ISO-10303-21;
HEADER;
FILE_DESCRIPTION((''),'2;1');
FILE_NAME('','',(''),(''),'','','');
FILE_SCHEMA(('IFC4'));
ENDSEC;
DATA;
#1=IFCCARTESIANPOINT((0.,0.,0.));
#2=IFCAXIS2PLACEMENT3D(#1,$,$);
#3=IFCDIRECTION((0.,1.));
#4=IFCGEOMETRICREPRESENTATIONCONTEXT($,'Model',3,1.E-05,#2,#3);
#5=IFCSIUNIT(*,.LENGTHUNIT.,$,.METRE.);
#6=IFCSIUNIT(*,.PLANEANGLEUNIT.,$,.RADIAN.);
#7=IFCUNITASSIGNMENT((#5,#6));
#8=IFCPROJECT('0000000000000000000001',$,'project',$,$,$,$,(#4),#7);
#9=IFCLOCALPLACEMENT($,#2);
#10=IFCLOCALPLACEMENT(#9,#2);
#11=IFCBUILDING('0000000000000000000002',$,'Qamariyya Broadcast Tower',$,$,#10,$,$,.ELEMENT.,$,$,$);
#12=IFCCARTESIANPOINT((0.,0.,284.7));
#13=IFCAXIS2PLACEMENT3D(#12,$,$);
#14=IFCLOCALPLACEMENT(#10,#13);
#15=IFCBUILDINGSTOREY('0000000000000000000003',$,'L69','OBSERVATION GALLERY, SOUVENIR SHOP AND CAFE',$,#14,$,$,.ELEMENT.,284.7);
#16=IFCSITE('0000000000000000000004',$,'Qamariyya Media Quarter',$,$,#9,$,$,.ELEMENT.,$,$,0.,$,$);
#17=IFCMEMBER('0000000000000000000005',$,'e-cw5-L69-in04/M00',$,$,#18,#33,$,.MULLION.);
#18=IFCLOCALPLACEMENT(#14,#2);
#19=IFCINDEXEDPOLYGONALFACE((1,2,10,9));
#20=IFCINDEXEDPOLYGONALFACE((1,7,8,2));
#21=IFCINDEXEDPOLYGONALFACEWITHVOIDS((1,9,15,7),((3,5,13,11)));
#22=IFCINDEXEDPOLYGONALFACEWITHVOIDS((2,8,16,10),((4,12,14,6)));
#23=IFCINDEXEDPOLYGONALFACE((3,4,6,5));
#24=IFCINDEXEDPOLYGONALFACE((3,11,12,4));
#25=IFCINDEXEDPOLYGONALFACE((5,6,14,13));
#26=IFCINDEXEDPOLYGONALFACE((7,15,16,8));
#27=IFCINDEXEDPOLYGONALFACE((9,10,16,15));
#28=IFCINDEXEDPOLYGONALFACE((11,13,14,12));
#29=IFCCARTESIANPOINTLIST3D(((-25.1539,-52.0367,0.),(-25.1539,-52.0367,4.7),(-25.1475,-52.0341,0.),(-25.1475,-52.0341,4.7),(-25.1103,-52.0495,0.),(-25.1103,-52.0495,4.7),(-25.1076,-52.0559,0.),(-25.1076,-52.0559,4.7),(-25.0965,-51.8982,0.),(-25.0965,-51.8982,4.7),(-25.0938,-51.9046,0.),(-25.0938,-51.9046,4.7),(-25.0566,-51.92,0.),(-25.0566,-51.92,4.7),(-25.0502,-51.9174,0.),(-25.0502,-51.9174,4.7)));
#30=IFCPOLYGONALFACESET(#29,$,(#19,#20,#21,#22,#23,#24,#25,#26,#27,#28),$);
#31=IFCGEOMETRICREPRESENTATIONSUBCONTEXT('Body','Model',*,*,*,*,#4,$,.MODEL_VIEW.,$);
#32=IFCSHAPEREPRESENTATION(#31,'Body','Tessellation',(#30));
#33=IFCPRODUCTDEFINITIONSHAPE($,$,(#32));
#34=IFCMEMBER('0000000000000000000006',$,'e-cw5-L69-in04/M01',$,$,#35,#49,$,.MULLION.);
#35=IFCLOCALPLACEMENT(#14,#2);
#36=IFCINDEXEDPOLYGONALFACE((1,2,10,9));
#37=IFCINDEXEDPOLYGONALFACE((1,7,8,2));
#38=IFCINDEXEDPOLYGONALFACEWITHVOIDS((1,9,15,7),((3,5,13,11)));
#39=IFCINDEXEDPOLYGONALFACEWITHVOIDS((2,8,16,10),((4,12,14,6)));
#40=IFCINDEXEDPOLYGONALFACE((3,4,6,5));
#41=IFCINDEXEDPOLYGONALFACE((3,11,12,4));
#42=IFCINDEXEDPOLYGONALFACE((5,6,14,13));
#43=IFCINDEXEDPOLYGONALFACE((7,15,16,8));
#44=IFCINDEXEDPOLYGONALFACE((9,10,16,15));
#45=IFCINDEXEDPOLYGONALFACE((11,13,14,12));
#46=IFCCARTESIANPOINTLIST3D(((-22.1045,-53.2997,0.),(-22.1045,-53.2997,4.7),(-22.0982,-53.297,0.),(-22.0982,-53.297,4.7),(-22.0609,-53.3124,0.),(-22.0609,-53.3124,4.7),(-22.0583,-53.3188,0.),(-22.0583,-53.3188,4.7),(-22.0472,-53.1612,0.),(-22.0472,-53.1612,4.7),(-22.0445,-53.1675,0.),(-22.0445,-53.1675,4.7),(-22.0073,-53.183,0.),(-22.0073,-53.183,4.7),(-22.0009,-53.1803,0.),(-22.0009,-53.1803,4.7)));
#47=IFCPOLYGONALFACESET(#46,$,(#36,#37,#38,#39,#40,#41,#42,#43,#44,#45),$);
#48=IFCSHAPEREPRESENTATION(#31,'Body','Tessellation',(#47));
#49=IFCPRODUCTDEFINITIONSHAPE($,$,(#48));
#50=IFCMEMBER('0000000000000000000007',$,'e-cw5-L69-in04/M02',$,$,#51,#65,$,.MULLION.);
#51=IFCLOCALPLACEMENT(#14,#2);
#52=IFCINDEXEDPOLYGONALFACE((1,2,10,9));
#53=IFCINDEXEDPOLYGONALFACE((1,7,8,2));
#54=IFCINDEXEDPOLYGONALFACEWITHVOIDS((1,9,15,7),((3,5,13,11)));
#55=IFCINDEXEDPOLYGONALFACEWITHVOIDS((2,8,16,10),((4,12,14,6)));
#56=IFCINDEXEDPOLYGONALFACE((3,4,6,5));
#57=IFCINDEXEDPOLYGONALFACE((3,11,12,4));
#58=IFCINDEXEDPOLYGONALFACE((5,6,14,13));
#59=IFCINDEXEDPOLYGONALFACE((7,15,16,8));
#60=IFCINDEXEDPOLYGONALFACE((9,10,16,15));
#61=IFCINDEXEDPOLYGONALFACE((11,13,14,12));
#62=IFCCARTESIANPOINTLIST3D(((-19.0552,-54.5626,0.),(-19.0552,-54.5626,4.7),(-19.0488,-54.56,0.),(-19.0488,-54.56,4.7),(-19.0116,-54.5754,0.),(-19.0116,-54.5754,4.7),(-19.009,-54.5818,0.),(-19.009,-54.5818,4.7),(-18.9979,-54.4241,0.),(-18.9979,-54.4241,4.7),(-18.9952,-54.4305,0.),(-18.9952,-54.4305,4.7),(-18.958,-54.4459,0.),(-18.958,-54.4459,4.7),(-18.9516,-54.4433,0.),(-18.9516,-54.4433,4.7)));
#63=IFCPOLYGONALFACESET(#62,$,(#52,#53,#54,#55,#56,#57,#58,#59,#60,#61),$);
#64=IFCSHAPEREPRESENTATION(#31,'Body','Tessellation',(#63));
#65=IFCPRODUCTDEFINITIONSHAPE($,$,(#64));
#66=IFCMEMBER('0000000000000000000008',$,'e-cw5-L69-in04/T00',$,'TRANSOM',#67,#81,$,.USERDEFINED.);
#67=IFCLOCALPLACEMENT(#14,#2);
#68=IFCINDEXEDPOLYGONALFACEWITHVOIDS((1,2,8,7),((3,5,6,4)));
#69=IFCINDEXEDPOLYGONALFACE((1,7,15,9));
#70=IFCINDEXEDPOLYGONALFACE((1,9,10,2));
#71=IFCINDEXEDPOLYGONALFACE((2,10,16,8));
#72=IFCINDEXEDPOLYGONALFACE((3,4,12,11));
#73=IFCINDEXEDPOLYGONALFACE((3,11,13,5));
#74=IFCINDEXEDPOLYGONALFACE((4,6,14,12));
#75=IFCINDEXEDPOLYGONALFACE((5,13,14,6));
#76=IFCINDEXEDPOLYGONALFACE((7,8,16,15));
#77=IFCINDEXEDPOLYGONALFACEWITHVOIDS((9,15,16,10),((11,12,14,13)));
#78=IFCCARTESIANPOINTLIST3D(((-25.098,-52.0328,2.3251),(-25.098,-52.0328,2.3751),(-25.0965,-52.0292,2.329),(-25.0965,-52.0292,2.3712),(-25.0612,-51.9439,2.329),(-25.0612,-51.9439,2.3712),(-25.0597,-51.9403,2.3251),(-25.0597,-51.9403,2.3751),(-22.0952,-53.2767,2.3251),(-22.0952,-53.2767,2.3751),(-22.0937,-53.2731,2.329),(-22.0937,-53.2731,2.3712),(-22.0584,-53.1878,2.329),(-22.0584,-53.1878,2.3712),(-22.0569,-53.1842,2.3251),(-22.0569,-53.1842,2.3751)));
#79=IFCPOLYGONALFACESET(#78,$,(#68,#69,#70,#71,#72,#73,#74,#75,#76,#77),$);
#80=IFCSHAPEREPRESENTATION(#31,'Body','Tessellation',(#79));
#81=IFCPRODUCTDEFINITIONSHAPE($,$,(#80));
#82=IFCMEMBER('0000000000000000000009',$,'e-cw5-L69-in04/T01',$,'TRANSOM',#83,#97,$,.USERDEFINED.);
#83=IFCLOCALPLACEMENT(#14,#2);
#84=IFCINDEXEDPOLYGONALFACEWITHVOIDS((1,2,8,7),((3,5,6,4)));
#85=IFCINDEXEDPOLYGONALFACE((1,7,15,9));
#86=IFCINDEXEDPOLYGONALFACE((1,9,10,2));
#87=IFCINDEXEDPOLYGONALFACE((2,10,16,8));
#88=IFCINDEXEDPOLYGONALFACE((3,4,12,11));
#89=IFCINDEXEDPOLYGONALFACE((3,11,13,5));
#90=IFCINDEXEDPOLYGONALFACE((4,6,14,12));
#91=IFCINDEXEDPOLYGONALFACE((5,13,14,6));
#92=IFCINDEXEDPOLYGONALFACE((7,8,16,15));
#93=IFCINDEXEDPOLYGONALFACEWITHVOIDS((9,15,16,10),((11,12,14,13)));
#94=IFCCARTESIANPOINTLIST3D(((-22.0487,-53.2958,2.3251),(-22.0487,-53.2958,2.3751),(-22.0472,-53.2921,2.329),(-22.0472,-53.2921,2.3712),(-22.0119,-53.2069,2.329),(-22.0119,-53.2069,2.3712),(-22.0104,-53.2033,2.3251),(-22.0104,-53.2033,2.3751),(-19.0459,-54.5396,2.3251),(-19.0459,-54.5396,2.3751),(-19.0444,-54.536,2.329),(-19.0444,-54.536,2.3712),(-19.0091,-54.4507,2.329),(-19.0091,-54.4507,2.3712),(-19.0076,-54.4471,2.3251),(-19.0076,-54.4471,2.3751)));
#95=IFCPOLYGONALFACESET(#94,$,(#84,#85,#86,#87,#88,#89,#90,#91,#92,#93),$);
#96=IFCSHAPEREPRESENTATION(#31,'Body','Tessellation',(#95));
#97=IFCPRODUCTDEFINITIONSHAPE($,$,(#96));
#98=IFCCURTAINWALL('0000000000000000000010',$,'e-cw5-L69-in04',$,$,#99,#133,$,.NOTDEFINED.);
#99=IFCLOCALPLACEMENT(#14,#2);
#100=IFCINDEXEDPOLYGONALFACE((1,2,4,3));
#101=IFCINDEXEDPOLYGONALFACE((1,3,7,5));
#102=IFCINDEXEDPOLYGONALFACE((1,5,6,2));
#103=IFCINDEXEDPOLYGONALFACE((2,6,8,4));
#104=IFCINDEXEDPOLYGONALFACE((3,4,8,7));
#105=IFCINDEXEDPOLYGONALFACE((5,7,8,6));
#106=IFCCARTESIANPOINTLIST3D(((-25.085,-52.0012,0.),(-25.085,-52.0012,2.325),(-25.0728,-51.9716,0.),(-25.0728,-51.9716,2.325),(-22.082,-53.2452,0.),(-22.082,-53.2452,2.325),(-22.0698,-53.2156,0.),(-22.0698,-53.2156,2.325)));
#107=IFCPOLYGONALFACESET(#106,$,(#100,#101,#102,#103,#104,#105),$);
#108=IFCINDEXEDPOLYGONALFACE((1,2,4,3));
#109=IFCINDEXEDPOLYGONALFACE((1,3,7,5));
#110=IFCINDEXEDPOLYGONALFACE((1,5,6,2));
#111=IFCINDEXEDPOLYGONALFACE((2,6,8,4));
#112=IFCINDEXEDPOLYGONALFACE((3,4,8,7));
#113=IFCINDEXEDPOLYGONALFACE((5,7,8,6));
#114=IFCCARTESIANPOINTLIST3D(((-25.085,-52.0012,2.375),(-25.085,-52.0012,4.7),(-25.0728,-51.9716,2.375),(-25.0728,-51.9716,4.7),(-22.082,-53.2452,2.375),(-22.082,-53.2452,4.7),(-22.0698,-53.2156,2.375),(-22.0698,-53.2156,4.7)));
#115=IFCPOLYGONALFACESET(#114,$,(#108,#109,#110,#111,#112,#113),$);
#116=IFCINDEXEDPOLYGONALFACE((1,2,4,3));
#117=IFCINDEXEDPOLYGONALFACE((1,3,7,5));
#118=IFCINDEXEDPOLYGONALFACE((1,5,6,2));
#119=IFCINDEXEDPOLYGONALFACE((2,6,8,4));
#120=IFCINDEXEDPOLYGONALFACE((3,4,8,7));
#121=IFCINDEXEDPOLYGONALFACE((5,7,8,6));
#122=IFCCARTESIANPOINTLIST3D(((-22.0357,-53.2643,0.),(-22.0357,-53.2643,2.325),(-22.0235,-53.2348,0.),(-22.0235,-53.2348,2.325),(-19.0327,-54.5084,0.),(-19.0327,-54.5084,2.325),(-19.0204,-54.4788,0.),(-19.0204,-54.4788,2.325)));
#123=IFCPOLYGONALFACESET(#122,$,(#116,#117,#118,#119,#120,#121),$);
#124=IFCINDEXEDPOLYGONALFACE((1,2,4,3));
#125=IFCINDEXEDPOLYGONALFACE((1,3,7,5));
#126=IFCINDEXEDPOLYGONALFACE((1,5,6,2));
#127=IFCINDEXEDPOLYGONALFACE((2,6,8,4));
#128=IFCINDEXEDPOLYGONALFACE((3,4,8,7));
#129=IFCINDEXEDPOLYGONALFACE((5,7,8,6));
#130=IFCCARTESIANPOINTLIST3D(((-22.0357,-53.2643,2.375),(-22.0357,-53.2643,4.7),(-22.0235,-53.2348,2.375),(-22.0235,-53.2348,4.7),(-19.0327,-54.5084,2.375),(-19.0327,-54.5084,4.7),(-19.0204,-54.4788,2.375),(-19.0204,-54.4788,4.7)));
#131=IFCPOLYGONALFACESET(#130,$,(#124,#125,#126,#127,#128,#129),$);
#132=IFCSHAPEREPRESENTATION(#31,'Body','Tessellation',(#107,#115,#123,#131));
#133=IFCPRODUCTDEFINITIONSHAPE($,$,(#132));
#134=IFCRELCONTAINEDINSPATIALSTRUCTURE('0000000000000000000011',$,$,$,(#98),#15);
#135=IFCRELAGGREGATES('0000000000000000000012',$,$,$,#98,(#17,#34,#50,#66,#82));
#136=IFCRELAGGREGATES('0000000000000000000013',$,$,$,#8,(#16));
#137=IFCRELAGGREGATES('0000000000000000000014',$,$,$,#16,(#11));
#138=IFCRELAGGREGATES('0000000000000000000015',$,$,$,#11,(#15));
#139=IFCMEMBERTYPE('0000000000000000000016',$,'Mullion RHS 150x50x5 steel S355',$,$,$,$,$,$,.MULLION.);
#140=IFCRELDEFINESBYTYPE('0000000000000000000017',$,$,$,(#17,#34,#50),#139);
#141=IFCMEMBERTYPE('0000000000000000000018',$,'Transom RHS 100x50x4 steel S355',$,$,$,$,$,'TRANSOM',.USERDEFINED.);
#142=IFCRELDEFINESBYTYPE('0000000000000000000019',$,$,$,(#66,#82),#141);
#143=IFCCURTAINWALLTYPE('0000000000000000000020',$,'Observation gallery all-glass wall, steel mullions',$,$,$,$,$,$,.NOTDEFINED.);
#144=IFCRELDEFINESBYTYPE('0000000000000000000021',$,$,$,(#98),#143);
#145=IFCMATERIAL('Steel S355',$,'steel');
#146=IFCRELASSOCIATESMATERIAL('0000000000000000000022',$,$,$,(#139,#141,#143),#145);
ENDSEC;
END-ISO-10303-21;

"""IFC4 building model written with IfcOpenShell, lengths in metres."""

from ifc_helpers import new_model, si_unit, direction, frame, origin, origin_2d, place, context, subcontext, project, spatial, rectangle, hollow_rectangle, extrude, material, material_profile, profile_set, type_object, element, aggregate, save


model = new_model("IFC4")

# Units and contexts
model_context = context("Model", 3, precision=1e-05, world=origin(), true_north=direction((0.0, 1.0)))
body_context = subcontext(model_context, "Body", "Model", "MODEL_VIEW")
ifc_project = project(units=[si_unit("LENGTHUNIT", "METRE"), si_unit("PLANEANGLEUNIT", "RADIAN")], contexts=[model_context])

# Members
ifc_material = material(Name="Steel S355", Category="steel")
ifc_material_profile_1 = material_profile(ifc_material, hollow_rectangle(XDim=0.1499, YDim=0.05, WallThickness=0.0049, at=origin_2d()))
ifc_profile_set_1 = profile_set([ifc_material_profile_1], Name="Steel S355")
member_type_1 = type_object("IfcMemberType", Name="Mullion RHS 150x50x5 steel S355", PredefinedType="MULLION", material=ifc_profile_set_1)
site_placement = place(None, origin())
building_placement = place(site_placement, origin())
storey_placement = place(building_placement, frame((0.0, 0.0, 284.7)))
member_1_placement = place(storey_placement, frame((-25.1021, -51.9771, 0.0), z_axis=(0.0, 0.0, 1.0), x_axis=(0.382683, 0.92388, 0.0)))
member_1 = element("IfcMember", 1, at=member_1_placement, type_object=member_type_1, Name="e-cw5-L69-in04/M00", PredefinedType="MULLION", context=body_context, shape_type="SweptSolid", body=[
    extrude(hollow_rectangle(XDim=0.1499, YDim=0.05, WallThickness=0.0049, at=origin_2d()), origin(), (0.0, 0.0, 1.0), 4.7),
])
member_2_placement = place(storey_placement, frame((-22.0527, -53.24, 0.0), z_axis=(0.0, 0.0, 1.0), x_axis=(0.382683, 0.92388, 0.0)))
member_2 = element("IfcMember", 2, at=member_2_placement, type_object=member_type_1, Name="e-cw5-L69-in04/M01", PredefinedType="MULLION", context=body_context, shape_type="SweptSolid", body=[
    extrude(hollow_rectangle(XDim=0.1499, YDim=0.05, WallThickness=0.0049, at=origin_2d()), origin(), (0.0, 0.0, 1.0), 4.7),
])
member_3_placement = place(storey_placement, frame((-19.0034, -54.5029, 0.0), z_axis=(0.0, 0.0, 1.0), x_axis=(0.382683, 0.92388, 0.0)))
member_3 = element("IfcMember", 3, at=member_3_placement, type_object=member_type_1, Name="e-cw5-L69-in04/M02", PredefinedType="MULLION", context=body_context, shape_type="SweptSolid", body=[
    extrude(hollow_rectangle(XDim=0.1499, YDim=0.05, WallThickness=0.0049, at=origin_2d()), origin(), (0.0, 0.0, 1.0), 4.7),
])
ifc_material_profile_2 = material_profile(ifc_material, hollow_rectangle(XDim=0.1001, YDim=0.05, WallThickness=0.0039, at=origin_2d()))
ifc_profile_set_2 = profile_set([ifc_material_profile_2], Name="Steel S355")
member_type_2 = type_object("IfcMemberType", Name="Transom RHS 100x50x4 steel S355", ElementType="TRANSOM", PredefinedType="USERDEFINED", material=ifc_profile_set_2)
member_4_placement = place(storey_placement, frame((-25.0789, -51.9866, 2.3501), z_axis=(0.923875, -0.382695, 0.0), x_axis=(0.382695, 0.923875, 0.0)))
member_4 = element("IfcMember", 4, at=member_4_placement, type_object=member_type_2, Name="e-cw5-L69-in04/T00", ObjectType="TRANSOM", PredefinedType="USERDEFINED", context=body_context, shape_type="SweptSolid", body=[
    extrude(hollow_rectangle(XDim=0.1001, YDim=0.05, WallThickness=0.0039, at=origin_2d()), origin(), (0.0, 0.0, 1.0), 3.2502),
])
member_5_placement = place(storey_placement, frame((-22.0295, -53.2495, 2.3501), z_axis=(0.923875, -0.382695, 0.0), x_axis=(0.382695, 0.923875, 0.0)))
member_5 = element("IfcMember", 5, at=member_5_placement, type_object=member_type_2, Name="e-cw5-L69-in04/T01", ObjectType="TRANSOM", PredefinedType="USERDEFINED", context=body_context, shape_type="SweptSolid", body=[
    extrude(hollow_rectangle(XDim=0.1001, YDim=0.05, WallThickness=0.0039, at=origin_2d()), origin(), (0.0, 0.0, 1.0), 3.2502),
])

# Site, building, storey
site = spatial("IfcSite", under=ifc_project, at=site_placement, Name="Qamariyya Media Quarter", CompositionType="ELEMENT", RefElevation=0.0)
building = spatial("IfcBuilding", under=site, at=building_placement, Name="Qamariyya Broadcast Tower", CompositionType="ELEMENT")
storey = spatial("IfcBuildingStorey", under=building, at=storey_placement, Name="L69", Description="OBSERVATION GALLERY, SOUVENIR SHOP AND CAFE", CompositionType="ELEMENT", Elevation=284.7)

# Curtain wall
curtain_wall_type = type_object("IfcCurtainWallType", Name="Observation gallery all-glass wall, steel mullions", PredefinedType="NOTDEFINED", material=ifc_material)
curtain_wall_1_placement = place(storey_placement, origin())
curtain_wall_1 = element("IfcCurtainWall", 6, at=curtain_wall_1_placement, inside=storey, type_object=curtain_wall_type, Name="e-cw5-L69-in04", PredefinedType="NOTDEFINED", context=body_context, shape_type="SweptSolid", body=[
    extrude(rectangle(XDim=3.2505, YDim=0.032, at=origin_2d()), frame((-23.5774, -52.6084, 0.0), x_axis=(0.923866, -0.382717, 0.0)), (0.0, 0.0, 1.0), 2.325),
    extrude(rectangle(XDim=3.2505, YDim=0.032, at=origin_2d()), frame((-23.5774, -52.6084, 2.375), x_axis=(0.923866, -0.382717, 0.0)), (0.0, 0.0, 1.0), 2.325),
    extrude(rectangle(XDim=3.2505, YDim=0.032, at=origin_2d()), frame((-20.5281, -53.8716, 0.0), x_axis=(0.923866, -0.382717, 0.0)), (0.0, 0.0, 1.0), 2.325),
    extrude(rectangle(XDim=3.2505, YDim=0.032, at=origin_2d()), frame((-20.5281, -53.8716, 2.375), x_axis=(0.923866, -0.382717, 0.0)), (0.0, 0.0, 1.0), 2.325),
])
aggregate(curtain_wall_1, [member_1, member_2, member_3, member_4, member_5])

save(model, "model.ifc")
